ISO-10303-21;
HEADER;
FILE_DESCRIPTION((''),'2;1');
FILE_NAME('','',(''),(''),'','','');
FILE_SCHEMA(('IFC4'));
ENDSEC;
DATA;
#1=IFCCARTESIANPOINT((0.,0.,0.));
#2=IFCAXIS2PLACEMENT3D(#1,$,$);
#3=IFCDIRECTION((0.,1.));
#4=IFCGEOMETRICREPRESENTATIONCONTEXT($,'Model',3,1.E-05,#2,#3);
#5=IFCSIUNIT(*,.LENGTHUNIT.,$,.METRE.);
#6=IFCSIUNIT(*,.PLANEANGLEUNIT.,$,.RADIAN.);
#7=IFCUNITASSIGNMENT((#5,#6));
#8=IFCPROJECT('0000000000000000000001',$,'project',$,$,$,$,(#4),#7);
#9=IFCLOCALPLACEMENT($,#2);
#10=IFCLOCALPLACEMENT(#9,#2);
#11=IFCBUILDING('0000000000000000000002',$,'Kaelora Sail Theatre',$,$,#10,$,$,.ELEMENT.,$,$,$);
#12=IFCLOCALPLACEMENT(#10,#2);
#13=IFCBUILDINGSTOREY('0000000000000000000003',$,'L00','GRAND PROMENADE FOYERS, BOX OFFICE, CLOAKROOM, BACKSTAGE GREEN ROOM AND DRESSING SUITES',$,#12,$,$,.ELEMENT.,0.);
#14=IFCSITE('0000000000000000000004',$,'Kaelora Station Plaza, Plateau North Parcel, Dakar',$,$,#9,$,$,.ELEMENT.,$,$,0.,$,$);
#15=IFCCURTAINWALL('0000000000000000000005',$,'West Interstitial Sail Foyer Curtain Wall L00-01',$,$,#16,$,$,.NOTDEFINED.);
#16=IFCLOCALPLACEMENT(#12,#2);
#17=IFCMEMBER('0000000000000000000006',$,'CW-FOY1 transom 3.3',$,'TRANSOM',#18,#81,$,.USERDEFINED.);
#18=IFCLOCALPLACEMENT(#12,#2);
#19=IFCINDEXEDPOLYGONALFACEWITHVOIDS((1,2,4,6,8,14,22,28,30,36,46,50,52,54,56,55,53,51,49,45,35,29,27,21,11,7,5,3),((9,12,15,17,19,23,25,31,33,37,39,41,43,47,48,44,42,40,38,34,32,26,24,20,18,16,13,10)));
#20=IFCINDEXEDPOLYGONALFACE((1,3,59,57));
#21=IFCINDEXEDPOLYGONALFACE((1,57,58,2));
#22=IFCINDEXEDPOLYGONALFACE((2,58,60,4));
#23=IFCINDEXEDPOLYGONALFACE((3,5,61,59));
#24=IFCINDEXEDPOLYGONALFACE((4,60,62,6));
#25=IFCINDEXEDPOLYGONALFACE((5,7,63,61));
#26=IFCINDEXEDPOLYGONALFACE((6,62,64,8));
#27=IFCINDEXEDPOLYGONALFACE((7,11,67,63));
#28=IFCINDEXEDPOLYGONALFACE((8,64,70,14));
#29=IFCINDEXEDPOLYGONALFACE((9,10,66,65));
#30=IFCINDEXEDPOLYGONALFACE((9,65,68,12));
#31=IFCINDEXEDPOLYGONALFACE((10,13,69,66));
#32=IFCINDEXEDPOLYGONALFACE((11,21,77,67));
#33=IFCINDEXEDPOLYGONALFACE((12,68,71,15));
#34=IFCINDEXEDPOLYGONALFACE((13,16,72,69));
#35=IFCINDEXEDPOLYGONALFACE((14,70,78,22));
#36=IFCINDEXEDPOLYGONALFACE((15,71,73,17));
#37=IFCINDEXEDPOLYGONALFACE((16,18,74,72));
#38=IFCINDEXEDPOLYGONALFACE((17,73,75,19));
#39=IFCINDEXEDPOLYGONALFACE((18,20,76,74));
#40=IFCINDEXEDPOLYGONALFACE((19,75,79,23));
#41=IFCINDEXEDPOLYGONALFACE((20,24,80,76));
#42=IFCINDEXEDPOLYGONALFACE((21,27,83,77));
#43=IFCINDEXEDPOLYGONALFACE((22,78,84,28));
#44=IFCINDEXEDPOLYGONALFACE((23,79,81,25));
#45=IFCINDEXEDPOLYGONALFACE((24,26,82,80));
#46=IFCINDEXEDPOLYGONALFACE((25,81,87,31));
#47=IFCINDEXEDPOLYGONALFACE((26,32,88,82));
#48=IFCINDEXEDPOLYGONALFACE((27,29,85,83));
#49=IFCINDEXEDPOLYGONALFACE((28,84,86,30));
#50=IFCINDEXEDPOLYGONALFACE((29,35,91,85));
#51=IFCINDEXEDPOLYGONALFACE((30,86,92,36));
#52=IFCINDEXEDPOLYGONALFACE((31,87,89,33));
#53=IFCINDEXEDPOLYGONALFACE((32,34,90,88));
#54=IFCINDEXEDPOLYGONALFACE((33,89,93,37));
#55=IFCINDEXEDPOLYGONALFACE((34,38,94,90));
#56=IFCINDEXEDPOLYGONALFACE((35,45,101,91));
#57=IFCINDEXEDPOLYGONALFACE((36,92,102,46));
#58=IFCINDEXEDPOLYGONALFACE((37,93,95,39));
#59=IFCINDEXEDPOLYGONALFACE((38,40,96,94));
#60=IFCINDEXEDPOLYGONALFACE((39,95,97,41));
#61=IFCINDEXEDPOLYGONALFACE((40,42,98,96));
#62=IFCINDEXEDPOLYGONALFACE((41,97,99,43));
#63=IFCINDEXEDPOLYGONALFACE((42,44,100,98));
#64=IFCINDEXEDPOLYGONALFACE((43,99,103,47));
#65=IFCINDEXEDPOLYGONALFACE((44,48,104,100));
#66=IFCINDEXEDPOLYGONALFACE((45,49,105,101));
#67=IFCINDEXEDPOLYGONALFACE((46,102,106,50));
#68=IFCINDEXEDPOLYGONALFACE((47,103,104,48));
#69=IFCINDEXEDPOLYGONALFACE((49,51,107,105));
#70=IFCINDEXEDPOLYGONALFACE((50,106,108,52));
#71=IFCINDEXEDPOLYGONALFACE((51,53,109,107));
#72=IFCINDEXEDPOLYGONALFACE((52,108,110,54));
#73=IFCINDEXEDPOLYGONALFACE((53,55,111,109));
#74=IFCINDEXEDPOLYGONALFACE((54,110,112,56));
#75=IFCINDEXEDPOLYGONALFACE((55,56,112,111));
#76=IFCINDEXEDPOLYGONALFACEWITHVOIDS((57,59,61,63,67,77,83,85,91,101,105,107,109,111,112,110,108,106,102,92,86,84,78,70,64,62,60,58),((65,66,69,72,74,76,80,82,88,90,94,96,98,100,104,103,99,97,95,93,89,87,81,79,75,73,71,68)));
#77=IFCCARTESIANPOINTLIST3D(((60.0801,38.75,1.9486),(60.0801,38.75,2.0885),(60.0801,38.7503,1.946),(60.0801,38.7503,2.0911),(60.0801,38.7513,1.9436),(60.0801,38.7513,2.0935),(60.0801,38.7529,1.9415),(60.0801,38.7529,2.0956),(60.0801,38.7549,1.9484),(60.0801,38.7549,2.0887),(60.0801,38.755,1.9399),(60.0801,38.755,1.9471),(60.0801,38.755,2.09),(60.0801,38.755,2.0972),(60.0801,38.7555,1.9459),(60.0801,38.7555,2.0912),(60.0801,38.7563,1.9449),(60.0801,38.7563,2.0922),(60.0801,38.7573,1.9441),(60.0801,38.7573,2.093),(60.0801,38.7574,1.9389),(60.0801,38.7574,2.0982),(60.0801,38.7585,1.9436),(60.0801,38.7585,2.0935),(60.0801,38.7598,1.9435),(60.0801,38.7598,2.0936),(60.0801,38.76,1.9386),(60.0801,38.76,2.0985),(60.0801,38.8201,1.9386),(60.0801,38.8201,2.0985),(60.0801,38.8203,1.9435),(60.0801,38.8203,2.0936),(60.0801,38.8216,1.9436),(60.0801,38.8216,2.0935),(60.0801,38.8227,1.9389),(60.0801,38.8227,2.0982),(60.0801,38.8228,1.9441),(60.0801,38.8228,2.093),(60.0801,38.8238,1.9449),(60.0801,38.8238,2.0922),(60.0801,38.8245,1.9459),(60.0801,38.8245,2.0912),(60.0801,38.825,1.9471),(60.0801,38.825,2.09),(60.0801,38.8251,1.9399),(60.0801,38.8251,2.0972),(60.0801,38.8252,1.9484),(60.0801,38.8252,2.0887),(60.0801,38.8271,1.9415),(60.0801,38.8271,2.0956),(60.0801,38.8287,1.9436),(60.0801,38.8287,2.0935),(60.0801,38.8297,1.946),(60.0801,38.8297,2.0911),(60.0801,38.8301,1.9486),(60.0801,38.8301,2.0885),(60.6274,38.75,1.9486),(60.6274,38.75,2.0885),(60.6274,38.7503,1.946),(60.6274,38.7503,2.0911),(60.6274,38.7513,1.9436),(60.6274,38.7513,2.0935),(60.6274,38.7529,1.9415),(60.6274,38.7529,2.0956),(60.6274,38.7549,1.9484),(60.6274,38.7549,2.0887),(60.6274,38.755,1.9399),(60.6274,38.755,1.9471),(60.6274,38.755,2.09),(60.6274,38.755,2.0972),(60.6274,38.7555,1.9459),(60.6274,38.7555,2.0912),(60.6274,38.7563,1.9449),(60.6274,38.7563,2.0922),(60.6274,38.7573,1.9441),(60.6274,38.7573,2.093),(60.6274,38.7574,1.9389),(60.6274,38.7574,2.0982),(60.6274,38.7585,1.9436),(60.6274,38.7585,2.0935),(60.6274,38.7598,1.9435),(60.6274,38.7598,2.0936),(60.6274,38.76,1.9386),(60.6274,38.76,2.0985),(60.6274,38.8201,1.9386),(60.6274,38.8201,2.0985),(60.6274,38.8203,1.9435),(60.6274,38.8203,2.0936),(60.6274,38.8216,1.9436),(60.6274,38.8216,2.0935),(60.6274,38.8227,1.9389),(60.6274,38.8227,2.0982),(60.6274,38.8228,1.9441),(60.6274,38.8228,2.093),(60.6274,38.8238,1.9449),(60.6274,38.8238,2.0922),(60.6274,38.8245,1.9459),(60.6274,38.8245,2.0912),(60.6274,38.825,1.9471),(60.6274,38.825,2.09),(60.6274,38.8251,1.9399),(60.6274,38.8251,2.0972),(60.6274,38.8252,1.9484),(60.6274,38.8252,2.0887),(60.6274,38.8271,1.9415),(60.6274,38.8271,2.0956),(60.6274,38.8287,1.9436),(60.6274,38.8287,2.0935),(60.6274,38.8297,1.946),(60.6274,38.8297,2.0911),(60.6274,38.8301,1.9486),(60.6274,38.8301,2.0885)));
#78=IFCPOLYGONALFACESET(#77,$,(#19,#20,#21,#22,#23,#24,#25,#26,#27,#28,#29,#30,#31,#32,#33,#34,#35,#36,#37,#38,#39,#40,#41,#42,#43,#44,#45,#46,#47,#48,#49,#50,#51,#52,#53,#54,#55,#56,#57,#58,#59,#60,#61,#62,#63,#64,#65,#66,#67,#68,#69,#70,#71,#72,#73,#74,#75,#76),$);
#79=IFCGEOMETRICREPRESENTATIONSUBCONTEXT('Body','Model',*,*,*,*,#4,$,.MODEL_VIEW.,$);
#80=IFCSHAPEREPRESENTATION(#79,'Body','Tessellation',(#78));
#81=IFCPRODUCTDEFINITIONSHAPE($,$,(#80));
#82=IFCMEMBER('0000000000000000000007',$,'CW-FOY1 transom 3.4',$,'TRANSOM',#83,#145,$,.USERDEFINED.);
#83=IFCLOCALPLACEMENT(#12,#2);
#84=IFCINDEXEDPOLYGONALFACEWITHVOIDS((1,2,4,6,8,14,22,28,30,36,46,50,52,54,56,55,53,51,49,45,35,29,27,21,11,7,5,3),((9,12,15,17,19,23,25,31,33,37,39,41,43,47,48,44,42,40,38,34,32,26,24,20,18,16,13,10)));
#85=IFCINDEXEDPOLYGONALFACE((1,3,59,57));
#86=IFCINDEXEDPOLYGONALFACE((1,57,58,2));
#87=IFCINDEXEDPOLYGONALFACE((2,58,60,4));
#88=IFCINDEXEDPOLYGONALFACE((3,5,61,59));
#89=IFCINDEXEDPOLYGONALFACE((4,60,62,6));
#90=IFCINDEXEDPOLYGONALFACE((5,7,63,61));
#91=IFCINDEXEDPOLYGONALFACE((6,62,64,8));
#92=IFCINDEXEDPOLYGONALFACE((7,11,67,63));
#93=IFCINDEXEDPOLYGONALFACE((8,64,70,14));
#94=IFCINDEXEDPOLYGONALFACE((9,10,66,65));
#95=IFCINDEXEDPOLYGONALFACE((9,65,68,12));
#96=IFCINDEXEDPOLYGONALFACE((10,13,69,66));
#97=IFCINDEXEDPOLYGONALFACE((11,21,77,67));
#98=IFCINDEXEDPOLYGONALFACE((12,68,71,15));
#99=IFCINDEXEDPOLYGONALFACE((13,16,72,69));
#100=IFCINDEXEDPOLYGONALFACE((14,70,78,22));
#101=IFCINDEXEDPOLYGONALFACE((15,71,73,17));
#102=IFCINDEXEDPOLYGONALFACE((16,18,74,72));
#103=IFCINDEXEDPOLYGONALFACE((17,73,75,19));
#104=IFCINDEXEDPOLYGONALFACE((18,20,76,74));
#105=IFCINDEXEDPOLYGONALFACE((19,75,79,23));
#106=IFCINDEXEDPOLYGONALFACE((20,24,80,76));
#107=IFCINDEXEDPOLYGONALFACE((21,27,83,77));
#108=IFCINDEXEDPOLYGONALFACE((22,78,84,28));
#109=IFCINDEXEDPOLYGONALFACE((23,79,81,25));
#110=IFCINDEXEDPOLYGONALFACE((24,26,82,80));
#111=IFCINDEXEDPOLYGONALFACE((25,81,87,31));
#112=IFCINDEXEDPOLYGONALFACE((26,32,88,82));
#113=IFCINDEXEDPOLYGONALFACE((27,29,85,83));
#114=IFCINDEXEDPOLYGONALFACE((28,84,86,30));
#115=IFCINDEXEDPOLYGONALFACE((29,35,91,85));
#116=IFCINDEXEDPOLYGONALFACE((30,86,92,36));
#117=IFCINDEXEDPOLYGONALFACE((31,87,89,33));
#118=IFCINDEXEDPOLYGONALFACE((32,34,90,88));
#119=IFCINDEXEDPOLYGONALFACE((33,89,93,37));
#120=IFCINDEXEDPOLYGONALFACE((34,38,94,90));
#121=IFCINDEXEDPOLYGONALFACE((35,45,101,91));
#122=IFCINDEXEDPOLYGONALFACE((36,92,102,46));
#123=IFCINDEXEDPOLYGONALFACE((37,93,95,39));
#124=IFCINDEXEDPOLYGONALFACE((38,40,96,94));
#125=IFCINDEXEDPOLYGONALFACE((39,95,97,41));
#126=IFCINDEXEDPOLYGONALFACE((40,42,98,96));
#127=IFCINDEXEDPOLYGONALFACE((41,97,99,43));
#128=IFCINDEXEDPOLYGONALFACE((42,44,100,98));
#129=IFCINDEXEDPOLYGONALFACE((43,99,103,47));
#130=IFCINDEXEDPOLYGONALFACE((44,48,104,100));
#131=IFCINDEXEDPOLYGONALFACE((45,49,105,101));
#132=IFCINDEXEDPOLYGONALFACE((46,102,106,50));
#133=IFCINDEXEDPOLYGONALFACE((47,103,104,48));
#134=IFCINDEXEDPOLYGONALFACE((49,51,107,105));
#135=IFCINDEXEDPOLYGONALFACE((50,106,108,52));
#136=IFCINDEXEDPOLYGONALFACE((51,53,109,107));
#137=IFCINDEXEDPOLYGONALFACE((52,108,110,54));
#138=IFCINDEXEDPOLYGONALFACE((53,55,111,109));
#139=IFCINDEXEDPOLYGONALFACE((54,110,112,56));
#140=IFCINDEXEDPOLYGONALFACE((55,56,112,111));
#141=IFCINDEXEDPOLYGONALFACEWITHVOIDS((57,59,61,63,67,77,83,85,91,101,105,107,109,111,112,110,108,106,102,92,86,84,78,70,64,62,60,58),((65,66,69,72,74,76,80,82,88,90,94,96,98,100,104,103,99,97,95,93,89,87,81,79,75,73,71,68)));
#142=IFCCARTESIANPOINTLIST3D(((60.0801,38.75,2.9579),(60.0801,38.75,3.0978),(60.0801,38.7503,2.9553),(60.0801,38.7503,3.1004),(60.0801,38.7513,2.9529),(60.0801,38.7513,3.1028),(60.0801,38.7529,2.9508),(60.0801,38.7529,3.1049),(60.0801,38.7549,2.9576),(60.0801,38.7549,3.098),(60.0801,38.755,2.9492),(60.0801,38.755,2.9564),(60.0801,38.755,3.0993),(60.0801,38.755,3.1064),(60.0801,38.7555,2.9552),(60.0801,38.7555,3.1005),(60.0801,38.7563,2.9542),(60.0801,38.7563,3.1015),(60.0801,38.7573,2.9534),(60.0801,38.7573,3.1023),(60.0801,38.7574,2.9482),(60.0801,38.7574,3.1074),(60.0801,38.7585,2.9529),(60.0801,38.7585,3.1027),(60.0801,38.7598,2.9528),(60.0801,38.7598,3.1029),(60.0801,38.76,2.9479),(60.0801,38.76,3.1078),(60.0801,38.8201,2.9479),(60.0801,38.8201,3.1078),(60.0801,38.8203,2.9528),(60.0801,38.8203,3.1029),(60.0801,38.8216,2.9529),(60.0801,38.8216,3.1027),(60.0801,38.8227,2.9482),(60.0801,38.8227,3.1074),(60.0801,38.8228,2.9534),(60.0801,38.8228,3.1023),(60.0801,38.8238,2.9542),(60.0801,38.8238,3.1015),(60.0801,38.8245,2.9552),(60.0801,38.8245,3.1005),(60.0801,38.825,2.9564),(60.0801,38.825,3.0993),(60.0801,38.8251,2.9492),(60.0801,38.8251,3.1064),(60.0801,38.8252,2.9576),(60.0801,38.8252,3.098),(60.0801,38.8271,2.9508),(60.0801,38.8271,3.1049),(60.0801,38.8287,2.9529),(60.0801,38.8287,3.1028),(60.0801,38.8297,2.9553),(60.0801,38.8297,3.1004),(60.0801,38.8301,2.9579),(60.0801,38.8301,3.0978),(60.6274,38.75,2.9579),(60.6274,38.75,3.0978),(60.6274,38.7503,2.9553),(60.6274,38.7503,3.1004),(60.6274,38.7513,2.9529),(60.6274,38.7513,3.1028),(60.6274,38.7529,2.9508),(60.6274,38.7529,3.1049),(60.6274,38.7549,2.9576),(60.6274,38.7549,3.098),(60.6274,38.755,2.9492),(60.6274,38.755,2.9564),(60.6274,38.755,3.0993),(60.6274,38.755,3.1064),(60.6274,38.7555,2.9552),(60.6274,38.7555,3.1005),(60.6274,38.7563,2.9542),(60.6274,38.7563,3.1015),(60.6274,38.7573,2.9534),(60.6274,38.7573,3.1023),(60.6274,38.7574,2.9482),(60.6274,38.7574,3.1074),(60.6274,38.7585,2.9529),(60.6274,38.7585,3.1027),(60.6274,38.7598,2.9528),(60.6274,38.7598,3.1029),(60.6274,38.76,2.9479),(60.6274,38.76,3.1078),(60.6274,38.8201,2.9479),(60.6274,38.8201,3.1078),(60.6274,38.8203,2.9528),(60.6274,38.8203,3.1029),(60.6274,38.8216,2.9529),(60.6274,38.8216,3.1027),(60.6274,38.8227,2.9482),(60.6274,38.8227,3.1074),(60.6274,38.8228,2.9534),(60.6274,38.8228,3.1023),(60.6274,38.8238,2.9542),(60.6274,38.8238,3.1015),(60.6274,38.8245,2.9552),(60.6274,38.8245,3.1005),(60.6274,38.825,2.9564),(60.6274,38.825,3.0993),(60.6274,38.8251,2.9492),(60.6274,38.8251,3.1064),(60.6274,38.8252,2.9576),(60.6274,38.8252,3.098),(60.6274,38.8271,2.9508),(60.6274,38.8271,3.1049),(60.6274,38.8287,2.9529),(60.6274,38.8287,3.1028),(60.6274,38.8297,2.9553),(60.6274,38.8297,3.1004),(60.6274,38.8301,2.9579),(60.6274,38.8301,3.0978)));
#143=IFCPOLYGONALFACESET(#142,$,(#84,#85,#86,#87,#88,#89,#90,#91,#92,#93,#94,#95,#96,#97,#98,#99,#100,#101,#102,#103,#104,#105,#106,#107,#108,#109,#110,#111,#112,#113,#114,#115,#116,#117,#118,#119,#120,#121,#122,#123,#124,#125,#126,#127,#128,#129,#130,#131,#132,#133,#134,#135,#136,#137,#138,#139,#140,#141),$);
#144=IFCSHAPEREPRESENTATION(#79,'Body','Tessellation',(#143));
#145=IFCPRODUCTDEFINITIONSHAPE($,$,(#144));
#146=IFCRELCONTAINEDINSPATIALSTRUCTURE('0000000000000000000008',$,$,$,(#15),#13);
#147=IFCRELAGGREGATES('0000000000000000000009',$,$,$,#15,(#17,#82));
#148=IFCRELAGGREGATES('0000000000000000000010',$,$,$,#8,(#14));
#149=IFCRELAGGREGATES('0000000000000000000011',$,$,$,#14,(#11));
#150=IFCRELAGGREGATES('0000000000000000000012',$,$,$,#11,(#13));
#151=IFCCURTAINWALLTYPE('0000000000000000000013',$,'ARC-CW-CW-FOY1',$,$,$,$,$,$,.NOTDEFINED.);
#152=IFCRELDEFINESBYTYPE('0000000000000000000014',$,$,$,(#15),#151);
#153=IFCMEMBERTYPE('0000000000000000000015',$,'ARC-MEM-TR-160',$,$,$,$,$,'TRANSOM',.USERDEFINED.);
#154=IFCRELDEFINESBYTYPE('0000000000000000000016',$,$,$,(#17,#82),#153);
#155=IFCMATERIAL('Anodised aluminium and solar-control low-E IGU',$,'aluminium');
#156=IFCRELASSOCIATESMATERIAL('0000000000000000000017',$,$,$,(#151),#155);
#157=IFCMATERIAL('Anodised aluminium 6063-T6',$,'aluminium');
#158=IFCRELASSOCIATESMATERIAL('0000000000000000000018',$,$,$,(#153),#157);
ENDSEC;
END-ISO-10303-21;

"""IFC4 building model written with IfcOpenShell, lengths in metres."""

from ifc_helpers import new_model, si_unit, direction, frame, origin, origin_2d, place, context, subcontext, project, spatial, hollow_rectangle, extrude, material, material_profile, profile_set, type_object, element, aggregate, save


model = new_model("IFC4")

# Units and contexts
model_context = context("Model", 3, precision=1e-05, world=origin(), true_north=direction((0.0, 1.0)))
body_context = subcontext(model_context, "Body", "Model", "MODEL_VIEW")
ifc_project = project(units=[si_unit("LENGTHUNIT", "METRE"), si_unit("PLANEANGLEUNIT", "RADIAN")], contexts=[model_context])

# Site, building, storey
site_placement = place(None, origin())
site = spatial("IfcSite", under=ifc_project, at=site_placement, Name="Kaelora Station Plaza, Plateau North Parcel, Dakar", CompositionType="ELEMENT", RefElevation=0.0)
building_placement = place(site_placement, origin())
building = spatial("IfcBuilding", under=site, at=building_placement, Name="Kaelora Sail Theatre", CompositionType="ELEMENT")
storey_placement = place(building_placement, origin())
storey = spatial("IfcBuildingStorey", under=building, at=storey_placement, Name="L00", Description="GRAND PROMENADE FOYERS, BOX OFFICE, CLOAKROOM, BACKSTAGE GREEN ROOM AND DRESSING SUITES", CompositionType="ELEMENT", Elevation=0.0)

# Curtain wall, members
ifc_material_1 = material(Name="Anodised aluminium and solar-control low-E IGU", Category="aluminium")
curtain_wall_type = type_object("IfcCurtainWallType", Name="ARC-CW-CW-FOY1", PredefinedType="NOTDEFINED", material=ifc_material_1)
curtain_wall_placement = place(storey_placement, origin())
curtain_wall = element("IfcCurtainWall", 1, at=curtain_wall_placement, inside=storey, type_object=curtain_wall_type, Name="West Interstitial Sail Foyer Curtain Wall L00-01", PredefinedType="NOTDEFINED")
ifc_material_2 = material(Name="Anodised aluminium 6063-T6", Category="aluminium")
ifc_material_profile = material_profile(ifc_material_2, hollow_rectangle(XDim=0.0801, YDim=0.1599, WallThickness=0.0049, InnerFilletRadius=0.0049, OuterFilletRadius=0.01, at=origin_2d()), Name="ALU-TRAN 80x160x5")
ifc_profile_set = profile_set([ifc_material_profile], Name="Anodised aluminium 6063-T6")
member_type = type_object("IfcMemberType", Name="ARC-MEM-TR-160", ElementType="TRANSOM", PredefinedType="USERDEFINED", material=ifc_profile_set)
member_1_placement = place(storey_placement, frame((60.0801, 38.79, 2.0186), z_axis=(1.0, 0.0, 0.0), x_axis=(0.0, 1.0, 0.0)))
member_1 = element("IfcMember", 2, at=member_1_placement, type_object=member_type, Name="CW-FOY1 transom 3.3", ObjectType="TRANSOM", PredefinedType="USERDEFINED", context=body_context, shape_type="SweptSolid", body=[
    extrude(hollow_rectangle(XDim=0.0801, YDim=0.1599, WallThickness=0.0049, InnerFilletRadius=0.0049, OuterFilletRadius=0.01, at=origin_2d()), origin(), (0.0, 0.0, 1.0), 0.5474),
])
member_2_placement = place(storey_placement, frame((60.0801, 38.79, 3.0278), z_axis=(1.0, 0.0, 0.0), x_axis=(0.0, 1.0, 0.0)))
member_2 = element("IfcMember", 3, at=member_2_placement, type_object=member_type, Name="CW-FOY1 transom 3.4", ObjectType="TRANSOM", PredefinedType="USERDEFINED", context=body_context, shape_type="SweptSolid", body=[
    extrude(hollow_rectangle(XDim=0.0801, YDim=0.1599, WallThickness=0.0049, InnerFilletRadius=0.0049, OuterFilletRadius=0.01, at=origin_2d()), origin(), (0.0, 0.0, 1.0), 0.5474),
])
aggregate(curtain_wall, [member_1, member_2])

save(model, "model.ifc")
